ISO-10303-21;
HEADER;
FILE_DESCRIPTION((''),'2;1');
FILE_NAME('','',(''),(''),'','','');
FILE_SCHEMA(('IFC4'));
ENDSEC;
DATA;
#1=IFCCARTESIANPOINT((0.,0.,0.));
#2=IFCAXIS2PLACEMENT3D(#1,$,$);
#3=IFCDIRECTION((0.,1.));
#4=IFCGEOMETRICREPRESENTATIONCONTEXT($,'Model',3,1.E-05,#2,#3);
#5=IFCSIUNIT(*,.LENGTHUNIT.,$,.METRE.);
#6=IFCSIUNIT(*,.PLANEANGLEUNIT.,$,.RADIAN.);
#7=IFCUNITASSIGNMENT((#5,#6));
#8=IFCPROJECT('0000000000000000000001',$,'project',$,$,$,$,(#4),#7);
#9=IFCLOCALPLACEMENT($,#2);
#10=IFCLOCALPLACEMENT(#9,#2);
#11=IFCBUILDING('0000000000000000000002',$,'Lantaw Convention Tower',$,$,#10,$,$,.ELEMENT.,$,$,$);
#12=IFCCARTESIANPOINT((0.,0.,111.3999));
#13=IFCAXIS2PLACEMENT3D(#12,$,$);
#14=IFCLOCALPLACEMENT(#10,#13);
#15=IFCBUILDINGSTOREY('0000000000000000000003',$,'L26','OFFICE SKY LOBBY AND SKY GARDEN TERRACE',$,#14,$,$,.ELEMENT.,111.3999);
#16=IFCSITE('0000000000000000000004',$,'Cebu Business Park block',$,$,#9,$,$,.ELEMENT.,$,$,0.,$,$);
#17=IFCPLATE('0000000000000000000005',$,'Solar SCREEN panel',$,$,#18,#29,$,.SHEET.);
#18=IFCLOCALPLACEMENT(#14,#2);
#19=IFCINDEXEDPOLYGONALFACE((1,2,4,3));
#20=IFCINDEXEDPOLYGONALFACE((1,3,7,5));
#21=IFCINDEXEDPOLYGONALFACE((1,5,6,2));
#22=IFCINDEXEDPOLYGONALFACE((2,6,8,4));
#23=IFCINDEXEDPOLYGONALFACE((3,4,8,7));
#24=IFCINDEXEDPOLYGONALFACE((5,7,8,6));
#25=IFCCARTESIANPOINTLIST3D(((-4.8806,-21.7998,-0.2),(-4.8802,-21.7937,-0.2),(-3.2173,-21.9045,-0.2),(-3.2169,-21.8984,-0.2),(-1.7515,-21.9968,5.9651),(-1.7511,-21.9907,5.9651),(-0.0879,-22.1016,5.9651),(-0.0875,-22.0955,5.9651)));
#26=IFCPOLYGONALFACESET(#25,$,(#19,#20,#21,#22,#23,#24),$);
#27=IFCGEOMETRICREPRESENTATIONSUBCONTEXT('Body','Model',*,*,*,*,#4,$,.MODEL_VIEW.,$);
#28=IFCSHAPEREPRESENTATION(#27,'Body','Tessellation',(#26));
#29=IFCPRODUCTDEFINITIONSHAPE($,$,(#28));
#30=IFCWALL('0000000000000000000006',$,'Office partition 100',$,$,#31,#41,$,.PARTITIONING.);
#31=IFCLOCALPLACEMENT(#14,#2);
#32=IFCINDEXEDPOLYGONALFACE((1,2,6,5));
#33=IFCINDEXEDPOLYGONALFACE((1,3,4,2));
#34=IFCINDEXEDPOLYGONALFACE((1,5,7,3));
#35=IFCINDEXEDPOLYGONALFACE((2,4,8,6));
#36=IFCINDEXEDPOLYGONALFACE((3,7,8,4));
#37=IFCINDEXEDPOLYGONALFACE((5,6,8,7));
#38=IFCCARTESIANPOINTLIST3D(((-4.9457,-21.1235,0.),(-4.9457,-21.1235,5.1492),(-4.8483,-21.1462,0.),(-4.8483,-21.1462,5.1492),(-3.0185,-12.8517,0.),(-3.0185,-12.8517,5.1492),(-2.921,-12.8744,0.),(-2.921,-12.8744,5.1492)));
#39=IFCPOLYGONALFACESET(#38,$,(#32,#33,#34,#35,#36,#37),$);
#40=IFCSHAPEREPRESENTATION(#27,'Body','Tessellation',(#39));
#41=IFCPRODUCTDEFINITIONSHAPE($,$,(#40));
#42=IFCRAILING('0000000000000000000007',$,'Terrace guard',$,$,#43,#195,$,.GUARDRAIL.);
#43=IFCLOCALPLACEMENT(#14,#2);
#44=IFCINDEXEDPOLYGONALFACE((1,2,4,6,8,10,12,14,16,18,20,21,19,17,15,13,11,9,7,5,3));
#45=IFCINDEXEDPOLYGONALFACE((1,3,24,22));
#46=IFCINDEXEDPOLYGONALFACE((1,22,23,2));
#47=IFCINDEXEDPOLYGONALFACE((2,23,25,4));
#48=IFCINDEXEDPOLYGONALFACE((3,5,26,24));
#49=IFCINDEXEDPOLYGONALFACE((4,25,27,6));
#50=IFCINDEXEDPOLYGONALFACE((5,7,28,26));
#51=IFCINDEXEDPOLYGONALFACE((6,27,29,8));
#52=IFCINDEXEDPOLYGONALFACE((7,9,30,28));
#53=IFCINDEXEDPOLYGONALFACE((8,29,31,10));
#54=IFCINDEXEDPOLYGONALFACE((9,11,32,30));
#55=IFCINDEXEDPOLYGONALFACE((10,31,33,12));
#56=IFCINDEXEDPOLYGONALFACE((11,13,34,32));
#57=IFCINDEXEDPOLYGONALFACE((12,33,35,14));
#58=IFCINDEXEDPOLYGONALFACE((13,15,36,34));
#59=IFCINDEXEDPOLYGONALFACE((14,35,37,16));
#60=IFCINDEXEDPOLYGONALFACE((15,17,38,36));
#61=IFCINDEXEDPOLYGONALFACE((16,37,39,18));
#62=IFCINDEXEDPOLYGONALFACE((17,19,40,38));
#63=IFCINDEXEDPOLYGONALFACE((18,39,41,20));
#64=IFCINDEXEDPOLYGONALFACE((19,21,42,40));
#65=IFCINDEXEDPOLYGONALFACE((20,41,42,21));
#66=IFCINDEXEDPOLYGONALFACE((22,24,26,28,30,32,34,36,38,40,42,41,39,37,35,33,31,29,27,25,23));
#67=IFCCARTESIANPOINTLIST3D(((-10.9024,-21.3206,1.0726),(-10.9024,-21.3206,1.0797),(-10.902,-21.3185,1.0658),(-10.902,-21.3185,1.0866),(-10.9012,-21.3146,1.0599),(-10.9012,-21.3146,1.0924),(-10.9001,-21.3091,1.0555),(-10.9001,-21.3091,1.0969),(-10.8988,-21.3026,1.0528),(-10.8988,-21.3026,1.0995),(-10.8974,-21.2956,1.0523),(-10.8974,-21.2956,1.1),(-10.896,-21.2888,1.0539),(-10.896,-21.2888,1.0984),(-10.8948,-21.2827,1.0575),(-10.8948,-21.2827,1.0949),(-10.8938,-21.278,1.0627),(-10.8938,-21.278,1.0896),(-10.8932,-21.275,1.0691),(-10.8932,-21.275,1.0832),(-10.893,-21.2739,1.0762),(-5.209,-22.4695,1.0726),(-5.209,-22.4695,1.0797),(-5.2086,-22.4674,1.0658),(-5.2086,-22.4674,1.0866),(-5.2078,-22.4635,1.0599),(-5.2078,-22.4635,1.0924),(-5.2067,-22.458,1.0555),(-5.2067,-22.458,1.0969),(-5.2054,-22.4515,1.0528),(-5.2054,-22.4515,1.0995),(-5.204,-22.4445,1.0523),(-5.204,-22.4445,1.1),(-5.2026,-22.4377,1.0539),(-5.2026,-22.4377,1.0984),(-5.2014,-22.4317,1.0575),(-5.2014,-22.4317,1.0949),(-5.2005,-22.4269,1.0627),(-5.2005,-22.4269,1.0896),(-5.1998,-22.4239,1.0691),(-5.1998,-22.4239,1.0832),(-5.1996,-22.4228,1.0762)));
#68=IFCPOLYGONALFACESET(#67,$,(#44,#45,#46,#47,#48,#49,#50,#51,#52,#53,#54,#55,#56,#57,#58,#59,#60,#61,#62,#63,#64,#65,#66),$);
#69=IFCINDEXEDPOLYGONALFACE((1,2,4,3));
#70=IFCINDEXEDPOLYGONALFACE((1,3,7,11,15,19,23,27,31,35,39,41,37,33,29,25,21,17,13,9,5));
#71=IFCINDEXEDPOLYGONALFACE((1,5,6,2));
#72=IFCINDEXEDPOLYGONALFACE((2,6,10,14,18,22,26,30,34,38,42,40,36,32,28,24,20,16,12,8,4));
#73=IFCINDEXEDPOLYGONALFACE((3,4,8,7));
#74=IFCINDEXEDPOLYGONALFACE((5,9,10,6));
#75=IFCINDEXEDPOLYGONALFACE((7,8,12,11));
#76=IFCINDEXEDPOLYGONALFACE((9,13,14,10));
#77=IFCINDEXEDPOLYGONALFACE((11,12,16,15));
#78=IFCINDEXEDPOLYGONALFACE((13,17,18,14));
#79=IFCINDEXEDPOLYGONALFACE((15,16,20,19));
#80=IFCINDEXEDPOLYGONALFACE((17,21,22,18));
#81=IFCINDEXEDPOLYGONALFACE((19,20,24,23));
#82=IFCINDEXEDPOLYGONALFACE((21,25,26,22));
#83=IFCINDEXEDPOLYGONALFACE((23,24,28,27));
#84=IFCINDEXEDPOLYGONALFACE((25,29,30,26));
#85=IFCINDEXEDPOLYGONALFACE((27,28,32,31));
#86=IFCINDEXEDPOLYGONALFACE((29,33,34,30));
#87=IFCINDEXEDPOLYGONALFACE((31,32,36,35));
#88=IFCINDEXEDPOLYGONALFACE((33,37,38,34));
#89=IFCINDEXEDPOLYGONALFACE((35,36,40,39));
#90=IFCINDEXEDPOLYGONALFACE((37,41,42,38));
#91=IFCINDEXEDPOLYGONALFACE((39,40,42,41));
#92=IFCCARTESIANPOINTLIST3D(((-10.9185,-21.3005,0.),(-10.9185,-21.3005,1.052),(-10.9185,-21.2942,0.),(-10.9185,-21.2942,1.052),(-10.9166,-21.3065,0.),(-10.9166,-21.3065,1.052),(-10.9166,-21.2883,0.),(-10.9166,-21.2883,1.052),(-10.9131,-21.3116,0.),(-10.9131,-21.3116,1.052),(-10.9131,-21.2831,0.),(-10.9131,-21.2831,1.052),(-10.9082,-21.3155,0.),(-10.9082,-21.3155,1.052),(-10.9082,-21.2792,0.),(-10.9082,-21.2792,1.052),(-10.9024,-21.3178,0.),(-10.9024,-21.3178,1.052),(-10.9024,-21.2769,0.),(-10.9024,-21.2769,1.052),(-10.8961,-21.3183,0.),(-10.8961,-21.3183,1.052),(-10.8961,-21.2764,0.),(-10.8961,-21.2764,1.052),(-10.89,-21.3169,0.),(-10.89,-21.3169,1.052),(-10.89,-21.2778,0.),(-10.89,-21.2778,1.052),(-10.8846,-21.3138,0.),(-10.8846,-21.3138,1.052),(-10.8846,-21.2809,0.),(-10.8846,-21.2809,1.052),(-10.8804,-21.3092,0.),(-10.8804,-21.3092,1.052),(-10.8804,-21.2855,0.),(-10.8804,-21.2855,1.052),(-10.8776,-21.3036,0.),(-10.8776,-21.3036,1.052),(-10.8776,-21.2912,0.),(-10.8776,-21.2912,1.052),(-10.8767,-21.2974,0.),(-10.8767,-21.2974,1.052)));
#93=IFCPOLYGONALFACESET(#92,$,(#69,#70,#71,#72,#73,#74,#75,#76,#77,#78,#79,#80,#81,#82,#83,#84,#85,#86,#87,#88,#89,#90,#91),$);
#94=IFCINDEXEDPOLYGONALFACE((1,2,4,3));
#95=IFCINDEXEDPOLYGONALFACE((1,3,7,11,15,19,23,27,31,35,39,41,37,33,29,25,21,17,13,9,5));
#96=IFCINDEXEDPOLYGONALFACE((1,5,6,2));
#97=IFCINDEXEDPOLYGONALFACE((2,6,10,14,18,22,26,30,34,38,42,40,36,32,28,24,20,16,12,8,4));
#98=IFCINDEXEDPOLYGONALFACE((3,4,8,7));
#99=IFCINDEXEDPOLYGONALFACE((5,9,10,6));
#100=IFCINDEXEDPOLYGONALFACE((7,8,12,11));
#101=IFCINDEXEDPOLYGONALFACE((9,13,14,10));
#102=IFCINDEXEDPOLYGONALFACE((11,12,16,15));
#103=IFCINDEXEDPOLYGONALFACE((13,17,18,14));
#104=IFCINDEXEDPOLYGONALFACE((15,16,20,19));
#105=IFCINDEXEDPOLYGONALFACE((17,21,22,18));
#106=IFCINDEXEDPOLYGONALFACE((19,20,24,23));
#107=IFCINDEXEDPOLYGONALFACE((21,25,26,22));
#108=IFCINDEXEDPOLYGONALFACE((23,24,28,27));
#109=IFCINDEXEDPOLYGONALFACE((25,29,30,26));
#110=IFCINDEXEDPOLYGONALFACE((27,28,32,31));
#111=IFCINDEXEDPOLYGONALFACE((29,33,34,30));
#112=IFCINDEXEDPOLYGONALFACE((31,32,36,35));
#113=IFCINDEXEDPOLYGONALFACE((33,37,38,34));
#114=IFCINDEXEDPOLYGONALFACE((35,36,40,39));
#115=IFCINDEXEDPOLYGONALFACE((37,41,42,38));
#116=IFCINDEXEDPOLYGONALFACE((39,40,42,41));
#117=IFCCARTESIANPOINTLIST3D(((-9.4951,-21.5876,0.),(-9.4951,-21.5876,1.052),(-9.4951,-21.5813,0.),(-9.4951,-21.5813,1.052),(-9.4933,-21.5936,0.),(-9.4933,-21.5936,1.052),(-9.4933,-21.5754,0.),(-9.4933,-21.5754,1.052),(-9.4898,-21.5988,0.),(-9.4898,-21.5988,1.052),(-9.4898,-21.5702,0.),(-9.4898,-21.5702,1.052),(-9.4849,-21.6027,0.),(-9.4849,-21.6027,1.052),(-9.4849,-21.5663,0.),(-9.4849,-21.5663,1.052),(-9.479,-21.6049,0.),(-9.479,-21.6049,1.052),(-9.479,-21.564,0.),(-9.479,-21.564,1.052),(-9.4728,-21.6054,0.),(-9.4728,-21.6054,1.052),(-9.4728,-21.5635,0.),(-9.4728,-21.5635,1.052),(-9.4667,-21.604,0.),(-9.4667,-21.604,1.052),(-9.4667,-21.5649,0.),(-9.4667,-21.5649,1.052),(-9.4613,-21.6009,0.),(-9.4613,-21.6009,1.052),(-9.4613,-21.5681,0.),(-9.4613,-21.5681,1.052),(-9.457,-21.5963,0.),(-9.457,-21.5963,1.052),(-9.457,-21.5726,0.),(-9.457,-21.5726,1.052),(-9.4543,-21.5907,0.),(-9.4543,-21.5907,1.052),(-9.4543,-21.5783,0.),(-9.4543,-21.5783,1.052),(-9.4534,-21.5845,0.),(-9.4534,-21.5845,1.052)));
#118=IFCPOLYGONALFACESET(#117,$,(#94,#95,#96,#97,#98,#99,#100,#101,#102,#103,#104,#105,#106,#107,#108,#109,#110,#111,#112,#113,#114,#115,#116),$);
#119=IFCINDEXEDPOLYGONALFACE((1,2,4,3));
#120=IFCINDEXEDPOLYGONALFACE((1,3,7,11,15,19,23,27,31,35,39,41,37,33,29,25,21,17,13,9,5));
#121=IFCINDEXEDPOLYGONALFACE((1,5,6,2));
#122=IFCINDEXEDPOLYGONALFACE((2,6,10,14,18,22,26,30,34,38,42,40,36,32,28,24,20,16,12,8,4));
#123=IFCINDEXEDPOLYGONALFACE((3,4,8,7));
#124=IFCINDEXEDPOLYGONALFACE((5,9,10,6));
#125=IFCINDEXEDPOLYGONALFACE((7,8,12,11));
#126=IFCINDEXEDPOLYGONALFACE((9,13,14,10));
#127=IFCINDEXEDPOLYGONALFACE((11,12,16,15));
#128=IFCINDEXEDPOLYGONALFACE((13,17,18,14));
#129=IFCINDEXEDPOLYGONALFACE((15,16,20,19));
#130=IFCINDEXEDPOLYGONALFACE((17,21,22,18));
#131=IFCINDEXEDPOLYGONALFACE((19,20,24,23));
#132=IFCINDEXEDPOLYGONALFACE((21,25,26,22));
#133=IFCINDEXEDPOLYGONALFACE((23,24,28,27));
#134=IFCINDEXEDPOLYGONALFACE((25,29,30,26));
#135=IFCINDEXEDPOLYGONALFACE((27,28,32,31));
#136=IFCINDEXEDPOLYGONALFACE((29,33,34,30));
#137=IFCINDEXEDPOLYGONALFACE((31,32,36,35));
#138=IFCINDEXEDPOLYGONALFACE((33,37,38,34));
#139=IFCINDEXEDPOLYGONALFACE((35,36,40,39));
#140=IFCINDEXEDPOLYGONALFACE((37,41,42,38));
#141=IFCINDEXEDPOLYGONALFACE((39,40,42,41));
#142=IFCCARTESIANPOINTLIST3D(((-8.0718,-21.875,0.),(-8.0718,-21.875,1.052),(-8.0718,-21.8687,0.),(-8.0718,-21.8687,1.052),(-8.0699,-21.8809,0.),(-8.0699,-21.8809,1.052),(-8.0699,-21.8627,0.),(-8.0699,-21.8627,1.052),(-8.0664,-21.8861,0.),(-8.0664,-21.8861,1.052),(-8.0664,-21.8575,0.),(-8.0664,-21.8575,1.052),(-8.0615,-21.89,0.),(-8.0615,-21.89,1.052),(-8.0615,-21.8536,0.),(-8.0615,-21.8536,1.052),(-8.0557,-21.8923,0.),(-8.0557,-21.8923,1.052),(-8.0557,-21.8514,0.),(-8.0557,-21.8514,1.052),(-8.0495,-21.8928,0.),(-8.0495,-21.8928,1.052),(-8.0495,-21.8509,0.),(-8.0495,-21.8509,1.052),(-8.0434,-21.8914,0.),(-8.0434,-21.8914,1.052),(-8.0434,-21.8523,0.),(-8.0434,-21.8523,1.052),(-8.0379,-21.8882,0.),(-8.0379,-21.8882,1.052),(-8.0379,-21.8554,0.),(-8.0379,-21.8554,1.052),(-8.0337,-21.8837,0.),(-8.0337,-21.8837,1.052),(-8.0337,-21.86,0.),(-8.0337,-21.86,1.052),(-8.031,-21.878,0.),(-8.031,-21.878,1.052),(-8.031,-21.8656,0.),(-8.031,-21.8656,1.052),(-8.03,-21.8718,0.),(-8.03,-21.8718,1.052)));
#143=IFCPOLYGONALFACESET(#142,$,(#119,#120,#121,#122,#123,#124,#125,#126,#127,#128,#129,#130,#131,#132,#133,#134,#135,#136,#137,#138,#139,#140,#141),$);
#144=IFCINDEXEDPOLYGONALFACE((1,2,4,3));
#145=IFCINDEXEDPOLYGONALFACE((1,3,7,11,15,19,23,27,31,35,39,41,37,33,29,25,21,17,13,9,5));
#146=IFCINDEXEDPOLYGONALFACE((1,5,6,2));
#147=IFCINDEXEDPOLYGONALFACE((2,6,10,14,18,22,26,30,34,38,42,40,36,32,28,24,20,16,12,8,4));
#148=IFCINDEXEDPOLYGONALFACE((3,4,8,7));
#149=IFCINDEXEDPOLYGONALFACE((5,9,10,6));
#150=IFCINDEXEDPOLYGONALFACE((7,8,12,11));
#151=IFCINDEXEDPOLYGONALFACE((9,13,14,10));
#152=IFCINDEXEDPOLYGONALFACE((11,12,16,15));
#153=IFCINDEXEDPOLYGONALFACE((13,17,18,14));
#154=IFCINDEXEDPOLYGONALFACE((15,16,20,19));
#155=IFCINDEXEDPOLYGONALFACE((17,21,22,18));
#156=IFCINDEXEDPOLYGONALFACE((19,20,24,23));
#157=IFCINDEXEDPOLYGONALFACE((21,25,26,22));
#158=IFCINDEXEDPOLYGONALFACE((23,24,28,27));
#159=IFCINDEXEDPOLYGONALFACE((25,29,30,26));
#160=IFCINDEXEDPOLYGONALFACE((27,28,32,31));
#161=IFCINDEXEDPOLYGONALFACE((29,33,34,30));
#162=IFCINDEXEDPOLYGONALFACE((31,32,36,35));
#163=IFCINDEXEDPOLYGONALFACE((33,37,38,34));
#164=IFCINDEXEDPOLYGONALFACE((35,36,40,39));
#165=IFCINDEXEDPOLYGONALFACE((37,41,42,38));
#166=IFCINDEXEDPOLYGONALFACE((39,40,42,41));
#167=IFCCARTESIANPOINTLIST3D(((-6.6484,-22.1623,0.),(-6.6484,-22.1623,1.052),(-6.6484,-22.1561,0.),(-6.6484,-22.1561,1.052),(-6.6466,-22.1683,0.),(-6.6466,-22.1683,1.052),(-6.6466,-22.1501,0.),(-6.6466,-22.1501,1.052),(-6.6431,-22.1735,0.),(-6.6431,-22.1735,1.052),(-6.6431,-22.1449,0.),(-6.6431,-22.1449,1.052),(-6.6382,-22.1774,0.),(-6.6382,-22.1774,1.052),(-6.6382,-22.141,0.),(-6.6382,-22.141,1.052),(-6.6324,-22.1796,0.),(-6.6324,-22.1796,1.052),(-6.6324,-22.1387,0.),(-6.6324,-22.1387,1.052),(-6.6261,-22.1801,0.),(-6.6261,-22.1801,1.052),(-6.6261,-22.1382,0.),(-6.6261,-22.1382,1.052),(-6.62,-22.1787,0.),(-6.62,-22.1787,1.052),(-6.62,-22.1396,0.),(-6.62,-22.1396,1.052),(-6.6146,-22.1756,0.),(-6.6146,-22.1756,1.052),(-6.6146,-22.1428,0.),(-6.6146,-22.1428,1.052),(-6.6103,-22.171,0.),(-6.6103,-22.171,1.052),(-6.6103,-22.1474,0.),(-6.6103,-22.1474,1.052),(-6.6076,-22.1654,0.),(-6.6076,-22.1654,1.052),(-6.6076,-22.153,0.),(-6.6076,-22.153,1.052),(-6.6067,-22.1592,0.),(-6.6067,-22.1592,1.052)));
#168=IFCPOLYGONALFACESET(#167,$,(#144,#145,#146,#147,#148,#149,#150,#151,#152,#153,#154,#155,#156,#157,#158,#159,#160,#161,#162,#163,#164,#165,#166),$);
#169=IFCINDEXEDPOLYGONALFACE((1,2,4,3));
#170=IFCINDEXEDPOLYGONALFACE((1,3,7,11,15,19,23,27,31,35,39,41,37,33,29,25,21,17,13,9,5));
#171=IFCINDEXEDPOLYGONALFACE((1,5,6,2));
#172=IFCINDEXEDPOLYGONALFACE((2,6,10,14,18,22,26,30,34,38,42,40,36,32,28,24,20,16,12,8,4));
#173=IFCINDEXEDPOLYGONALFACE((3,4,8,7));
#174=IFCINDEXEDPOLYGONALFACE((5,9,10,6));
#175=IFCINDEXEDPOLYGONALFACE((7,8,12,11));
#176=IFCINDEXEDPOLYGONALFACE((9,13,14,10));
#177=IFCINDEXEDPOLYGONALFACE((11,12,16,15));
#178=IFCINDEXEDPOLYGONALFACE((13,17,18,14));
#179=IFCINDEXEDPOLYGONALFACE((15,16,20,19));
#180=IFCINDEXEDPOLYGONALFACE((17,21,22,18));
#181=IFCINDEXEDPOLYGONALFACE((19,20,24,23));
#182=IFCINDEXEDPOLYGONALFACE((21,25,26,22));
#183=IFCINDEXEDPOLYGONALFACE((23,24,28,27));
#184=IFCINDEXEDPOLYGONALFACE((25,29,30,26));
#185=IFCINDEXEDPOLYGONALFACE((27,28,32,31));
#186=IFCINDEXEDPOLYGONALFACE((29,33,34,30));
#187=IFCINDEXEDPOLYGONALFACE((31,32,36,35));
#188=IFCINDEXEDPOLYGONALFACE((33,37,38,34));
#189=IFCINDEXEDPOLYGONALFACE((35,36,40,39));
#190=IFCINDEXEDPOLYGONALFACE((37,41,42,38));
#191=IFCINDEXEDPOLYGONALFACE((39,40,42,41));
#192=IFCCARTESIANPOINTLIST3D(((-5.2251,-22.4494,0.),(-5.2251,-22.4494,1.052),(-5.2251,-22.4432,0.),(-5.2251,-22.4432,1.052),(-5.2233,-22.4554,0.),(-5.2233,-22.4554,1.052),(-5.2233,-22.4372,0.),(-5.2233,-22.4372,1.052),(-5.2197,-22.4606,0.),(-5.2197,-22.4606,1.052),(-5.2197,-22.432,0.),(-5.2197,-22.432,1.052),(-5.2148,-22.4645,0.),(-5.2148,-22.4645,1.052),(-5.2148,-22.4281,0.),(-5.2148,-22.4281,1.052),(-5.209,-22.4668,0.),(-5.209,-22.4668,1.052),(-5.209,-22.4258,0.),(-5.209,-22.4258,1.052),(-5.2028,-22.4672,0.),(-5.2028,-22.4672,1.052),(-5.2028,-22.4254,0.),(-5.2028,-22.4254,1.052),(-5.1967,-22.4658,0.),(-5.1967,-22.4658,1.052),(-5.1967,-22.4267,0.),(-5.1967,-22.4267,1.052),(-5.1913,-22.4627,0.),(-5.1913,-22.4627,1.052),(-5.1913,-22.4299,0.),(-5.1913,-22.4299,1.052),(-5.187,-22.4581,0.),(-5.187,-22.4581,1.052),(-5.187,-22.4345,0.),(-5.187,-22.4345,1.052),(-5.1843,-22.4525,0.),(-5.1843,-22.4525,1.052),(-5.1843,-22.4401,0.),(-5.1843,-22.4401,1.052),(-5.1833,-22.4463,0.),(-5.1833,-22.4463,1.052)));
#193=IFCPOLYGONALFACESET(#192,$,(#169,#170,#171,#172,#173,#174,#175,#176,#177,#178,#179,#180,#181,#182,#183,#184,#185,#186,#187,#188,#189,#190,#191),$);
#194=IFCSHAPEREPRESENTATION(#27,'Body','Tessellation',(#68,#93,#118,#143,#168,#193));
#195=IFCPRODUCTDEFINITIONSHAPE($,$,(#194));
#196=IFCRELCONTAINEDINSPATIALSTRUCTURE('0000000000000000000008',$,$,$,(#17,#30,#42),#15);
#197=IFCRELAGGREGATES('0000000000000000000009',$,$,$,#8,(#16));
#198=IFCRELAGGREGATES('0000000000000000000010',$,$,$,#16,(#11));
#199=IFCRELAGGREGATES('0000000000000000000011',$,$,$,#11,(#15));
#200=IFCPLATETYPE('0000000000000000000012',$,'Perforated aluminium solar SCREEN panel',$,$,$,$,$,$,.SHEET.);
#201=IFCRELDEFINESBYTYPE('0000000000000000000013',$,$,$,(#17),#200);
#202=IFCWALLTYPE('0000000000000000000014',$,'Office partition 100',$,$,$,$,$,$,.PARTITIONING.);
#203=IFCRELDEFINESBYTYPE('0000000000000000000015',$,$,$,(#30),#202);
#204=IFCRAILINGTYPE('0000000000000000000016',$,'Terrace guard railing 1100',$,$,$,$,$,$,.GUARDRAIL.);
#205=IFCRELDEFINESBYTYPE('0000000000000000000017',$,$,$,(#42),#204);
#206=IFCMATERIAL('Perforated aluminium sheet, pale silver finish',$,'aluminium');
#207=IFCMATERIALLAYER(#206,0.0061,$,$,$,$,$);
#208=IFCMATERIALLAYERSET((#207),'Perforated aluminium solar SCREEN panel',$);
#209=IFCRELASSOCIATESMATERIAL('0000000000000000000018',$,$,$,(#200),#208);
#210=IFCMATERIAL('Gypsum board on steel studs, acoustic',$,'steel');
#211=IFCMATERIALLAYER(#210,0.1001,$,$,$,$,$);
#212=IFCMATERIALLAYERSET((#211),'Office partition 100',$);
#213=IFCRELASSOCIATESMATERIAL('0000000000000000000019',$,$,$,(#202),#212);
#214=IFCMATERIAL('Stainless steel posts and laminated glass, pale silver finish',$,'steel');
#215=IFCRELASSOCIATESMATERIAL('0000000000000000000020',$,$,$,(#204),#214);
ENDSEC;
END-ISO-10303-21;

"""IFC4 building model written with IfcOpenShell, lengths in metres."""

from ifc_helpers import new_model, si_unit, direction, frame, frame_2d, origin, origin_2d, place, context, subcontext, project, spatial, polyline, rectangle, circle, outline, extrude, material, layer, layer_set, type_object, element, save


model = new_model("IFC4")

# Units and contexts
model_context = context("Model", 3, precision=1e-05, world=origin(), true_north=direction((0.0, 1.0)))
body_context = subcontext(model_context, "Body", "Model", "MODEL_VIEW")
ifc_project = project(units=[si_unit("LENGTHUNIT", "METRE"), si_unit("PLANEANGLEUNIT", "RADIAN")], contexts=[model_context])

# Site, building, storey
site_placement = place(None, origin())
site = spatial("IfcSite", under=ifc_project, at=site_placement, Name="Cebu Business Park block", CompositionType="ELEMENT", RefElevation=0.0)
building_placement = place(site_placement, origin())
building = spatial("IfcBuilding", under=site, at=building_placement, Name="Lantaw Convention Tower", CompositionType="ELEMENT")
storey_placement = place(building_placement, frame((0.0, 0.0, 111.3999)))
storey = spatial("IfcBuildingStorey", under=building, at=storey_placement, Name="L26", Description="OFFICE SKY LOBBY AND SKY GARDEN TERRACE", CompositionType="ELEMENT", Elevation=111.3999)

# Plate
ifc_material_1 = material(Name="Perforated aluminium sheet, pale silver finish", Category="aluminium")
ifc_layer_1 = layer(ifc_material_1, 0.0061)
ifc_layer_set_1 = layer_set([ifc_layer_1], Name="Perforated aluminium solar SCREEN panel")
plate_type_1 = type_object("IfcPlateType", Name="Perforated aluminium solar SCREEN panel", PredefinedType="SHEET", material=ifc_layer_set_1)
plate_1_placement = place(storey_placement, frame((-4.8806, -21.7998, -0.2), z_axis=(-0.062839, -0.998024, 0.000001), x_axis=(0.998024, -0.062839, 0.0)))
element("IfcPlate", 1, at=plate_1_placement, inside=storey, type_object=plate_type_1, Name="Solar SCREEN panel", PredefinedType="SHEET", context=body_context, shape_type="SweptSolid", body=[
    extrude(outline(polyline([(0.0, 0.0), (1.6666, 0.0), (4.8022, 6.165), (3.1353, 6.165), (0.0, 0.0)])), origin(), (0.0, 0.0, -1.0), 0.0061),
])

# Wall
ifc_material_2 = material(Name="Gypsum board on steel studs, acoustic", Category="steel")
ifc_layer_2 = layer(ifc_material_2, 0.1001)
ifc_layer_set_2 = layer_set([ifc_layer_2], Name="Office partition 100")
wall_type = type_object("IfcWallType", Name="Office partition 100", PredefinedType="PARTITIONING", material=ifc_layer_set_2)
wall_placement = place(storey_placement, frame((-4.897, -21.1348, 0.0), z_axis=(0.0, 0.0, 1.0), x_axis=(0.226908, 0.973916, 0.0)))
element("IfcWall", 2, at=wall_placement, inside=storey, type_object=wall_type, Name="Office partition 100", PredefinedType="PARTITIONING", context=body_context, shape_type="SweptSolid", body=[
    extrude(rectangle(XDim=8.4934, YDim=0.1001, at=frame_2d((4.2466, 0.0))), origin(), (0.0, 0.0, 1.0), 5.1492),
])

# Railing
ifc_material_3 = material(Name="Stainless steel posts and laminated glass, pale silver finish", Category="steel")
railing_type = type_object("IfcRailingType", Name="Terrace guard railing 1100", PredefinedType="GUARDRAIL", material=ifc_material_3)
railing_1_placement = place(storey_placement, frame((-10.8977, -21.2974, 0.0)))
element("IfcRailing", 3, at=railing_1_placement, inside=storey, type_object=railing_type, Name="Terrace guard", PredefinedType="GUARDRAIL", context=body_context, shape_type="SweptSolid", body=[
    extrude(circle(Radius=0.0239, at=origin_2d()), frame((0.0, 0.0, 1.0762), z_axis=(0.98024, -0.197813, 0.0), x_axis=(0.197813, 0.98024, 0.0)), (0.0, 0.0, 1.0), 5.8081),
    extrude(circle(Radius=0.021, at=origin_2d()), origin(), (0.0, 0.0, 1.0), 1.052),
    extrude(circle(Radius=0.021, at=origin_2d()), frame((1.4233, -0.2871, 0.0)), (0.0, 0.0, 1.0), 1.052),
    extrude(circle(Radius=0.021, at=origin_2d()), frame((2.8467, -0.5745, 0.0)), (0.0, 0.0, 1.0), 1.052),
    extrude(circle(Radius=0.021, at=origin_2d()), frame((4.27, -0.8618, 0.0)), (0.0, 0.0, 1.0), 1.052),
    extrude(circle(Radius=0.021, at=origin_2d()), frame((5.6934, -1.1489, 0.0)), (0.0, 0.0, 1.0), 1.052),
])

save(model, "model.ifc")
